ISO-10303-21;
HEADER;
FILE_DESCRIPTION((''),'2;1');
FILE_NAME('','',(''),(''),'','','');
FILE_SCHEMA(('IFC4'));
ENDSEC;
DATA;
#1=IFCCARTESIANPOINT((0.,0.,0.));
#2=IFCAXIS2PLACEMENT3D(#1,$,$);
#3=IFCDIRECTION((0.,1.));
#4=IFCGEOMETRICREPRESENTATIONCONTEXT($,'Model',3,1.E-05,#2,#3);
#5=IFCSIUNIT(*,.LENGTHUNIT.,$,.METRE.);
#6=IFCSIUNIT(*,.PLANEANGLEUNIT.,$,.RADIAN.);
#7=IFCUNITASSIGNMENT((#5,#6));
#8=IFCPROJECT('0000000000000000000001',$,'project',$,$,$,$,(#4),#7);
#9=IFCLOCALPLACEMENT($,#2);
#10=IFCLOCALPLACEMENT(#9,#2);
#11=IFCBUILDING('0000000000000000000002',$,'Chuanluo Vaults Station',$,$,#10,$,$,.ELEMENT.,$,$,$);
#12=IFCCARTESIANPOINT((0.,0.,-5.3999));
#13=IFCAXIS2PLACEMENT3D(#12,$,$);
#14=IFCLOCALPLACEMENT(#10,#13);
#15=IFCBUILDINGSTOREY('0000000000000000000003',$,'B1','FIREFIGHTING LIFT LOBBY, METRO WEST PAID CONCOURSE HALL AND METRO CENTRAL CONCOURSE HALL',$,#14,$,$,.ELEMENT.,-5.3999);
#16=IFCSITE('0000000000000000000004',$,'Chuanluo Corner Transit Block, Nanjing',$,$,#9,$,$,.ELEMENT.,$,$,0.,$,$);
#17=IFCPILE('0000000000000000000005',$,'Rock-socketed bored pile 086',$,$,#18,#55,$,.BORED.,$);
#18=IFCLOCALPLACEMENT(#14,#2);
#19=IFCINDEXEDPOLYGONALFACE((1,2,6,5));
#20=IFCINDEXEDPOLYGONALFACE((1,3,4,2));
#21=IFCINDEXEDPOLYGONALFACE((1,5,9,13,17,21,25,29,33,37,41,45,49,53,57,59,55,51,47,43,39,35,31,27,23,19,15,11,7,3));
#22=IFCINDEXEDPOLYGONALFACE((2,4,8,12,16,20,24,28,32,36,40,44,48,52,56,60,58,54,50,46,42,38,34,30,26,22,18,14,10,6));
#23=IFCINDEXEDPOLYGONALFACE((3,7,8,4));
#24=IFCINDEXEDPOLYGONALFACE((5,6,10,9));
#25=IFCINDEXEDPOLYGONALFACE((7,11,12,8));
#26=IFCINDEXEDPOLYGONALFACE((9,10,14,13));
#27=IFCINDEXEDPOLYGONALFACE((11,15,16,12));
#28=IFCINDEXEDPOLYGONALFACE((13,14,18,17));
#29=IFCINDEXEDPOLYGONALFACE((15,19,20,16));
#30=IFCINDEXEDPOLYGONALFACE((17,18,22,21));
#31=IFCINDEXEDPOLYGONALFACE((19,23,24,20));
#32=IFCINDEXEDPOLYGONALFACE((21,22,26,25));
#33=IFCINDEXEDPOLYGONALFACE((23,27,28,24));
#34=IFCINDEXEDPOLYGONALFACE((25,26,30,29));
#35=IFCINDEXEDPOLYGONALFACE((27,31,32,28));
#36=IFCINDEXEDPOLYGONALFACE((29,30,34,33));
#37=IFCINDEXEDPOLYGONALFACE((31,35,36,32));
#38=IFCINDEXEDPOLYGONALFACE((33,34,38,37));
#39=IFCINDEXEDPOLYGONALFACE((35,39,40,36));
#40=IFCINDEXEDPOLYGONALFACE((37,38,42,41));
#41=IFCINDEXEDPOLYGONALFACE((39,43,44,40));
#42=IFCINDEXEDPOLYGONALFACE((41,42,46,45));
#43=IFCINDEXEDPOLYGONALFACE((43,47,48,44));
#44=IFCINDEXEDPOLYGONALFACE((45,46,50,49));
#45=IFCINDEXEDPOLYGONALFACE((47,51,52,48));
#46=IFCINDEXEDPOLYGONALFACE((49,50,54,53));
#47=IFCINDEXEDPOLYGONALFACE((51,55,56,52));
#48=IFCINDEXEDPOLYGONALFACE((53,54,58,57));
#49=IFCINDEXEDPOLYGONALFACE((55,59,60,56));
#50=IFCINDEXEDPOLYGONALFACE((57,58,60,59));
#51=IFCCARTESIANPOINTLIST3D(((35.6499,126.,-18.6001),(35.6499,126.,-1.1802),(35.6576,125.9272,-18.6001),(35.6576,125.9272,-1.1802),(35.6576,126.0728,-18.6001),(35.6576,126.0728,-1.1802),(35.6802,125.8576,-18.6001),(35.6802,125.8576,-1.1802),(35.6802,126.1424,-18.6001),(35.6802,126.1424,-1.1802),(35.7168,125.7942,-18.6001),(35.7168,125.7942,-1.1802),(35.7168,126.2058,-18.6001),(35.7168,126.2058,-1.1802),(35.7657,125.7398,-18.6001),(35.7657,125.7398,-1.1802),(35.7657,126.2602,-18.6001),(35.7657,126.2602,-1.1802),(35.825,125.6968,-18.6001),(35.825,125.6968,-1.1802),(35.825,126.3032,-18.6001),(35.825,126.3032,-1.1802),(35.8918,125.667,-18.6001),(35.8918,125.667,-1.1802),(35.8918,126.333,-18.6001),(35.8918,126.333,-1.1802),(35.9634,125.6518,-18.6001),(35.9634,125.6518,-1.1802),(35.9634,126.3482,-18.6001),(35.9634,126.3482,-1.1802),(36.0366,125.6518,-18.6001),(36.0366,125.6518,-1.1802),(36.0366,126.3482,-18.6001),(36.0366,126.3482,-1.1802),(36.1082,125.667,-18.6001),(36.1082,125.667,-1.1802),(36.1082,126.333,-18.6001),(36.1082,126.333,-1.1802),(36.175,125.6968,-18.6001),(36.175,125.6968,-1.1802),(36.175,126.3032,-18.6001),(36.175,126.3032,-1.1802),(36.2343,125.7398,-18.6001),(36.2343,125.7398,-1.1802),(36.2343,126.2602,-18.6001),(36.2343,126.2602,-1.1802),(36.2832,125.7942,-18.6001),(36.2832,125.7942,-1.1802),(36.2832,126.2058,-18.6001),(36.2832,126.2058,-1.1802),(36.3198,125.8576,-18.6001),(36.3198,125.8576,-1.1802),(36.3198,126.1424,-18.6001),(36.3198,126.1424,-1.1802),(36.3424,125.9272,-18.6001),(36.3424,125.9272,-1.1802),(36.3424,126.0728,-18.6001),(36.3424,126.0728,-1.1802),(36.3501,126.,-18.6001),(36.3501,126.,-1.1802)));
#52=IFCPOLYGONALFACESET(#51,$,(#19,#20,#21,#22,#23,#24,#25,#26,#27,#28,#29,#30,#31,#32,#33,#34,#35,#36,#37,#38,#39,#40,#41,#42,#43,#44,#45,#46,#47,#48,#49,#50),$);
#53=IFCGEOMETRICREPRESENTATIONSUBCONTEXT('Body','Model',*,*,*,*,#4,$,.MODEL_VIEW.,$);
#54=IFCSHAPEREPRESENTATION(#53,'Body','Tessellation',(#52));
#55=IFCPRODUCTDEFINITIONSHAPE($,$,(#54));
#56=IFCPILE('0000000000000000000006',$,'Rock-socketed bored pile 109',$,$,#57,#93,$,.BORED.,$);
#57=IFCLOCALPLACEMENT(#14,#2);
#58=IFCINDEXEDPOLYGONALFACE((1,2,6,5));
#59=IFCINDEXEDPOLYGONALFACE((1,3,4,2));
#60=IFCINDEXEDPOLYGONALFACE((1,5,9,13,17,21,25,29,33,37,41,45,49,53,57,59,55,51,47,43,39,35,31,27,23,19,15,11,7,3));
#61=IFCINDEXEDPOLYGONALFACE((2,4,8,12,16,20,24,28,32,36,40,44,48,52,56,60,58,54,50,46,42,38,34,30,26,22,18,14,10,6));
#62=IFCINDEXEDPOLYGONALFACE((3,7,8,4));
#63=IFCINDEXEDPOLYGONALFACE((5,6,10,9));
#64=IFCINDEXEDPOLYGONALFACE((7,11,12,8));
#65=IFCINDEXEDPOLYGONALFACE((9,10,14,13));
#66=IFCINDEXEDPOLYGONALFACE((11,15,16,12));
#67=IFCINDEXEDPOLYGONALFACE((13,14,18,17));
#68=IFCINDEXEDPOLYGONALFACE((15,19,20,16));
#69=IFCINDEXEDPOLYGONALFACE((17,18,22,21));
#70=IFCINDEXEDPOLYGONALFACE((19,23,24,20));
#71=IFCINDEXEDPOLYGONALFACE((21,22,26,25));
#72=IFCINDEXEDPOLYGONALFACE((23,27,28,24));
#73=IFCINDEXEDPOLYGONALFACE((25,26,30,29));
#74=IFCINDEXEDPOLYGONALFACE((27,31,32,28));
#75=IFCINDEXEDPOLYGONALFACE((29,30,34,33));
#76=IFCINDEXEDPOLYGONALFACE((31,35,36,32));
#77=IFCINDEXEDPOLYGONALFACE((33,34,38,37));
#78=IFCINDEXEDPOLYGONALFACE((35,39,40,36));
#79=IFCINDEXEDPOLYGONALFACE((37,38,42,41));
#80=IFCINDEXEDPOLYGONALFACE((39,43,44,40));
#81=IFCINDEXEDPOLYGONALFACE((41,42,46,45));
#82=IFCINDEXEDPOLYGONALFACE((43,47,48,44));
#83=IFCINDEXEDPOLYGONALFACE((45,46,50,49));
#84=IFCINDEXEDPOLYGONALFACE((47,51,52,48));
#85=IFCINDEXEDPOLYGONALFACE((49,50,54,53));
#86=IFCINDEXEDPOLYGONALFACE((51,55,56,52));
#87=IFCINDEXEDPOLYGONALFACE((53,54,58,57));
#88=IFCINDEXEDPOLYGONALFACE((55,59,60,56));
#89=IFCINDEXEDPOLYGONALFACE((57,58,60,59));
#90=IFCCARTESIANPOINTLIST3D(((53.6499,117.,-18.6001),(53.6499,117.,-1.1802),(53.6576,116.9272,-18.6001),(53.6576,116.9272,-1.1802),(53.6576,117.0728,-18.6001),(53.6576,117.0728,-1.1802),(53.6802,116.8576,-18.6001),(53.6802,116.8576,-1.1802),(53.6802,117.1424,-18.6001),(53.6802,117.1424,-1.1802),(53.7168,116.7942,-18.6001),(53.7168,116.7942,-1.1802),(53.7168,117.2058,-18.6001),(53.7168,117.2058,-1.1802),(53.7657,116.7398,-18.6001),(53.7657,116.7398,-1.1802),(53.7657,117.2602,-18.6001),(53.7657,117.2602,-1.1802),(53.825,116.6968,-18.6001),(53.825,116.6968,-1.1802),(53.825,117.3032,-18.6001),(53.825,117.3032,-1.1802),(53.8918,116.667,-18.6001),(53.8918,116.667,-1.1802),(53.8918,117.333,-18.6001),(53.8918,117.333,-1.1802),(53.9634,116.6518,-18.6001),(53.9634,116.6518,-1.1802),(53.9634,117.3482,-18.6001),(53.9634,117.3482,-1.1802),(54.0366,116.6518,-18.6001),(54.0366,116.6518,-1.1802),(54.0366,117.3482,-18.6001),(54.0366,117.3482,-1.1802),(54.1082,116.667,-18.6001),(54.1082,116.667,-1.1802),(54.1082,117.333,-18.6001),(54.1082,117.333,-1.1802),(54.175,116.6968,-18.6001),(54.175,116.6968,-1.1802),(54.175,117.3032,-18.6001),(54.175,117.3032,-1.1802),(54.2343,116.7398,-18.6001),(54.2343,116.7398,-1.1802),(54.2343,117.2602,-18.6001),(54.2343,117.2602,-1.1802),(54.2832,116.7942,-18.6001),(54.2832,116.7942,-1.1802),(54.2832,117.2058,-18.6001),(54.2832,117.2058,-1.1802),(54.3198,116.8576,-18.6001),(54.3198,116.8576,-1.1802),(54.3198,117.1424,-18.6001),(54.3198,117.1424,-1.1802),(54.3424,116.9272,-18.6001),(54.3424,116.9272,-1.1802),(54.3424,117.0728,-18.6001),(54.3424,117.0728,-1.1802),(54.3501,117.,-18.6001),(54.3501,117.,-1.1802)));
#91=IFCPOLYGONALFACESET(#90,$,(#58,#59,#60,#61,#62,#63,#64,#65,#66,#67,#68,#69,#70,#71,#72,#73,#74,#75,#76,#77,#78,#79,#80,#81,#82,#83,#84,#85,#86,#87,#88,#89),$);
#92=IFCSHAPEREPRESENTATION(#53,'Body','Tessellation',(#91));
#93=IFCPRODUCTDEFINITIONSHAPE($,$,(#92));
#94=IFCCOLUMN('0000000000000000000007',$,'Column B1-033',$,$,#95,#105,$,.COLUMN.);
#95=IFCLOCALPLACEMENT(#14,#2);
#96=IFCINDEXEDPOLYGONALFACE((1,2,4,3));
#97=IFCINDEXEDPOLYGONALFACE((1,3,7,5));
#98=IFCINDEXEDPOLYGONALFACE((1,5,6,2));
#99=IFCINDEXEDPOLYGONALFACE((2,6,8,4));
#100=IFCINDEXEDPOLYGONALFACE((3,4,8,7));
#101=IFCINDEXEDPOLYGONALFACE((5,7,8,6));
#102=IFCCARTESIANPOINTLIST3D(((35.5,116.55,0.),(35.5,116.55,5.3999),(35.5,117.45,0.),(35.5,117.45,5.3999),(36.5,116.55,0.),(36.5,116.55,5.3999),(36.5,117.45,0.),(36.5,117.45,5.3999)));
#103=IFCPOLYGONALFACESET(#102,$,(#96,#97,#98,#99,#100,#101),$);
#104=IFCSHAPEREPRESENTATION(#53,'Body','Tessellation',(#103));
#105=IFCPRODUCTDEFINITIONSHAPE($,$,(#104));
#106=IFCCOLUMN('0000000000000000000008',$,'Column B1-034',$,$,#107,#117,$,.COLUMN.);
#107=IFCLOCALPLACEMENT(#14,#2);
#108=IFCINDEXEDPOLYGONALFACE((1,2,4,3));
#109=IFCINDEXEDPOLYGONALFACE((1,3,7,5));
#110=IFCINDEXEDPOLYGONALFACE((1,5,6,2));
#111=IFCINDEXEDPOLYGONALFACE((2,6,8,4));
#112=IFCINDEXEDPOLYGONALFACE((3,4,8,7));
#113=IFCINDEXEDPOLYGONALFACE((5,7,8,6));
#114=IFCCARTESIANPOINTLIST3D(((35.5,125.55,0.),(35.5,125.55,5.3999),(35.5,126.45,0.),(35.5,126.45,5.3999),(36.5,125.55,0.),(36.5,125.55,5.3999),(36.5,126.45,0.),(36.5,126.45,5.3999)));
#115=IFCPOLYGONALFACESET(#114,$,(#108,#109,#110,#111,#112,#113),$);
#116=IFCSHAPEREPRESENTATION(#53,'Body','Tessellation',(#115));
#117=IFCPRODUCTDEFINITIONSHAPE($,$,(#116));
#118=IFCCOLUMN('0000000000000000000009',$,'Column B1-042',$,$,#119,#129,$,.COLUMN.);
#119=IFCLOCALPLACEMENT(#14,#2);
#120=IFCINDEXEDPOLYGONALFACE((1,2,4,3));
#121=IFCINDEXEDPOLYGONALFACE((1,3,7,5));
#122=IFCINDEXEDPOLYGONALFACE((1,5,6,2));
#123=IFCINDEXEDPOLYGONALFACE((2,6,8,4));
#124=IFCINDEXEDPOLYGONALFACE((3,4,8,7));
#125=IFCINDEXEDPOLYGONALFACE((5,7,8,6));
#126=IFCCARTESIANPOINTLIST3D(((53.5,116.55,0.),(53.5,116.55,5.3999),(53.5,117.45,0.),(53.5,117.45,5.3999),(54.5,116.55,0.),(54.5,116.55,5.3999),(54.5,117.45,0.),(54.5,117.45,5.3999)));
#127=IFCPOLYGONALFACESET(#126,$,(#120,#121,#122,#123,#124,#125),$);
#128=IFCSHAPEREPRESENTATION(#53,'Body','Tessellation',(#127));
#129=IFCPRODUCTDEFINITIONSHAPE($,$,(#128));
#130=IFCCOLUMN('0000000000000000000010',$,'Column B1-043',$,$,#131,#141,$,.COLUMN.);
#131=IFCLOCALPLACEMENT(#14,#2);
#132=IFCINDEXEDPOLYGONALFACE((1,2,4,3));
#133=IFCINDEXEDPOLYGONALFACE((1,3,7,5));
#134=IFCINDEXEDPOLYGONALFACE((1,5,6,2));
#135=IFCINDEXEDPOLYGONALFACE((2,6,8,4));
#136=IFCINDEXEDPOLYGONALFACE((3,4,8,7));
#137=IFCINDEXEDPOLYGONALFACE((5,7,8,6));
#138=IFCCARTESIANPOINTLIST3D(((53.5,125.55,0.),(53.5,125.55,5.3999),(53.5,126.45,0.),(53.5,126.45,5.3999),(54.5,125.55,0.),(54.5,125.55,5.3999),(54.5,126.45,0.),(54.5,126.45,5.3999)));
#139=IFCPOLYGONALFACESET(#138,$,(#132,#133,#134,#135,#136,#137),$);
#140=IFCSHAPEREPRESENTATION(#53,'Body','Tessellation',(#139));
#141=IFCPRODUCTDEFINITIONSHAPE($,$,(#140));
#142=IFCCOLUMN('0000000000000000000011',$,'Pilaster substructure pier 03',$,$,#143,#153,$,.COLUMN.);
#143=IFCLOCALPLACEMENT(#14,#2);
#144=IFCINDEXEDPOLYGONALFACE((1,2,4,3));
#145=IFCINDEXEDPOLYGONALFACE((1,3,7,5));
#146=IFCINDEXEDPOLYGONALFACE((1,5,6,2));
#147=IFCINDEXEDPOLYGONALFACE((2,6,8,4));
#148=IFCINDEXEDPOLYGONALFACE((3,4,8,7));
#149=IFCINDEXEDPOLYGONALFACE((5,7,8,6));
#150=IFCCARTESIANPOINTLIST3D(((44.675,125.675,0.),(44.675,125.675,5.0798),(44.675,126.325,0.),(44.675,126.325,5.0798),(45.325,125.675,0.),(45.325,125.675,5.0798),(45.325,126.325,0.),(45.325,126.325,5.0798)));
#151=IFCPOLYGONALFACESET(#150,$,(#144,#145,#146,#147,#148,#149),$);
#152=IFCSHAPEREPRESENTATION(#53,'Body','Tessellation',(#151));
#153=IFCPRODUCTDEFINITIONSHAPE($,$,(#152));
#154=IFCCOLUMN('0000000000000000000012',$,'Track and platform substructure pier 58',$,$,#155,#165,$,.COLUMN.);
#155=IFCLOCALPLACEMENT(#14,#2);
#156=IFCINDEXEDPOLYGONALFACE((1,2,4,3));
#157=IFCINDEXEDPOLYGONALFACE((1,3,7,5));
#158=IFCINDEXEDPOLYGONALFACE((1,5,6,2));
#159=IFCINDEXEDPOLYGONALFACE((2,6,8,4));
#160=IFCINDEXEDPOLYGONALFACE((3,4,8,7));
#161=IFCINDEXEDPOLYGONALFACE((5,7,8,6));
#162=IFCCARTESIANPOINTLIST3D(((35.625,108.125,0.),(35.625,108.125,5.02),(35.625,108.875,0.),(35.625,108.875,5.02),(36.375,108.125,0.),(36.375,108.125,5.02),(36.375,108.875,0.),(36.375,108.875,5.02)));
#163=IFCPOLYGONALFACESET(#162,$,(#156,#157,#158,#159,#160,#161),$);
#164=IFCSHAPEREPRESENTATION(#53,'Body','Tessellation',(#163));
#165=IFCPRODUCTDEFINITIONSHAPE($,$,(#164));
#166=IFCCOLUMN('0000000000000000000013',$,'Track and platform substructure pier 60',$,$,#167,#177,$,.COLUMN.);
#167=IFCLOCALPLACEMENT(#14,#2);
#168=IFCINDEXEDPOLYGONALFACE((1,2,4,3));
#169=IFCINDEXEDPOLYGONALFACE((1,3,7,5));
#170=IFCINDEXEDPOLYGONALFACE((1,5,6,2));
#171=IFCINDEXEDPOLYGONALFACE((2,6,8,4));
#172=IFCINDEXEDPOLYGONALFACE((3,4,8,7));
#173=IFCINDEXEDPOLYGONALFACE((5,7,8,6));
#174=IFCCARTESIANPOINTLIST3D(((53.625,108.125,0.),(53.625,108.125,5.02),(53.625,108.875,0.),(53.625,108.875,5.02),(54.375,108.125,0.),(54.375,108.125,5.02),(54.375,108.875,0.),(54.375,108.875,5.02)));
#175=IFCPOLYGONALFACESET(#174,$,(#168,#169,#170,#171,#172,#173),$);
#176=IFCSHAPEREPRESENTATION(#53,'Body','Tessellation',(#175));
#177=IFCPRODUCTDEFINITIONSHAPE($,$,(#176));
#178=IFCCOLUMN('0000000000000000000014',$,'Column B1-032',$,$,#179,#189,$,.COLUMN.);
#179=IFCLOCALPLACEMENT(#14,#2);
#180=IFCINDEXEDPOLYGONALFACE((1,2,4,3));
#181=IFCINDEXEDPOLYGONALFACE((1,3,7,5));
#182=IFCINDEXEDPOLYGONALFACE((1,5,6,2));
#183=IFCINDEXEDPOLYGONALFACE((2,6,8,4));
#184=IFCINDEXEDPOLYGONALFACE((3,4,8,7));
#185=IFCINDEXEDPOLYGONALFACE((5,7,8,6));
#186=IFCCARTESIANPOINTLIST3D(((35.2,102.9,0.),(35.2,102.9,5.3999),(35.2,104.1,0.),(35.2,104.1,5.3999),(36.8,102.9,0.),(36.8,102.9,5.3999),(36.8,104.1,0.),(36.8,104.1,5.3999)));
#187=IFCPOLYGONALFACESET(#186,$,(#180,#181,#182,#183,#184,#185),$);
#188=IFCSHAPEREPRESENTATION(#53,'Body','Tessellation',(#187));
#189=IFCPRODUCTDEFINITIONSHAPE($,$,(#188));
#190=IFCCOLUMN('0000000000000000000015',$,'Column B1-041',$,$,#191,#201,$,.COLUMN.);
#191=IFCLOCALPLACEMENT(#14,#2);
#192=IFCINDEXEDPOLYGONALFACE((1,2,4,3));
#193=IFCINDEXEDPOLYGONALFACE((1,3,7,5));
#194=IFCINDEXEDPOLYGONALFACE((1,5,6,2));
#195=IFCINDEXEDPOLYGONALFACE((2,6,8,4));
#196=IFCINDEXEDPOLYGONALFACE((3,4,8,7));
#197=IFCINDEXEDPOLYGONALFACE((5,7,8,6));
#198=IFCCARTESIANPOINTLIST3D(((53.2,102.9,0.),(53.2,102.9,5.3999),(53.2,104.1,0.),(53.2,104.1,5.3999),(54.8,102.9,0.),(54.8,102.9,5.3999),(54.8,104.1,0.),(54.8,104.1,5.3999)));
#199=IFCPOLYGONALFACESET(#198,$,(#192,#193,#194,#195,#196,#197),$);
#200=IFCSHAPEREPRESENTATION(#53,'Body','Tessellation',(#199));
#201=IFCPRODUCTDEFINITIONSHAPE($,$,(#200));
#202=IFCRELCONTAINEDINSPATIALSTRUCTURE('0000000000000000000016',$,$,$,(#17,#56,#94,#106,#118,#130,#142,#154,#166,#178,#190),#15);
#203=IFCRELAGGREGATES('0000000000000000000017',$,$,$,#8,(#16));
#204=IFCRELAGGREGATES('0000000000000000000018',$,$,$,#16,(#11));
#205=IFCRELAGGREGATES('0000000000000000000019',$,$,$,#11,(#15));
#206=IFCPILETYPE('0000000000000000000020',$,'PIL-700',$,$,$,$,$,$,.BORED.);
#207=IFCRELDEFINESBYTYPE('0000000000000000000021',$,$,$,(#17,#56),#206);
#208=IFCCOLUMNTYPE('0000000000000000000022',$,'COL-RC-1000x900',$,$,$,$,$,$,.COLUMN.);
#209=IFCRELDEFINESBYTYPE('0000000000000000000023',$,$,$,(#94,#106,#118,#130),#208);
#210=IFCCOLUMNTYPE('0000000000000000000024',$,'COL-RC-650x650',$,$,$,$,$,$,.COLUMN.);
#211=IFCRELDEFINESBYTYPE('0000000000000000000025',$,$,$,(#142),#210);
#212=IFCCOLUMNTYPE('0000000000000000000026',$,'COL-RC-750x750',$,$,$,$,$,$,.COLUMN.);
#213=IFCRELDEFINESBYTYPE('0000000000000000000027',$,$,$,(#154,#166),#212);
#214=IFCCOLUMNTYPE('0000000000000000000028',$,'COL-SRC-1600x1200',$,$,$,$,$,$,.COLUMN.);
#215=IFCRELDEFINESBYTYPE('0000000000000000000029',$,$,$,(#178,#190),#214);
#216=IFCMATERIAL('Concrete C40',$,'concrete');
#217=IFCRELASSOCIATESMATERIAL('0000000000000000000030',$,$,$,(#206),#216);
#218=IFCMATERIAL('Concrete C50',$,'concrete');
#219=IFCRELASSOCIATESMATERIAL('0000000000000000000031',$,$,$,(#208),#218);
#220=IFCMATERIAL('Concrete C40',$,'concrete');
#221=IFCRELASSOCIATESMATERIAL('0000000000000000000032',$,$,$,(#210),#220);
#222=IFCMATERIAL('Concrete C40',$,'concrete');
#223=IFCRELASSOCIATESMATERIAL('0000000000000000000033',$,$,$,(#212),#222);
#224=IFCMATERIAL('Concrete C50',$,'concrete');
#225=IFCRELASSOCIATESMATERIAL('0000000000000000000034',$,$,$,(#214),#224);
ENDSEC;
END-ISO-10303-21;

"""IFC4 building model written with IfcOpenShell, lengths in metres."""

from ifc_helpers import new_model, si_unit, direction, frame, origin, origin_2d, place, context, subcontext, project, spatial, rectangle, circle, extrude, material, material_profile, profile_set, type_object, element, save


model = new_model("IFC4")

# Units and contexts
model_context = context("Model", 3, precision=1e-05, world=origin(), true_north=direction((0.0, 1.0)))
body_context = subcontext(model_context, "Body", "Model", "MODEL_VIEW")
ifc_project = project(units=[si_unit("LENGTHUNIT", "METRE"), si_unit("PLANEANGLEUNIT", "RADIAN")], contexts=[model_context])

# Site, building, storey
site_placement = place(None, origin())
site = spatial("IfcSite", under=ifc_project, at=site_placement, Name="Chuanluo Corner Transit Block, Nanjing", CompositionType="ELEMENT", RefElevation=0.0)
building_placement = place(site_placement, origin())
building = spatial("IfcBuilding", under=site, at=building_placement, Name="Chuanluo Vaults Station", CompositionType="ELEMENT")
storey_placement = place(building_placement, frame((0.0, 0.0, -5.3999)))
storey = spatial("IfcBuildingStorey", under=building, at=storey_placement, Name="B1", Description="FIREFIGHTING LIFT LOBBY, METRO WEST PAID CONCOURSE HALL AND METRO CENTRAL CONCOURSE HALL", CompositionType="ELEMENT", Elevation=-5.3999)

# Piles
ifc_material_1 = material(Name="Concrete C40", Category="concrete")
ifc_material_profile_1 = material_profile(ifc_material_1, circle(Radius=0.3501, at=origin_2d()))
ifc_profile_set_1 = profile_set([ifc_material_profile_1], Name="Concrete C40")
pile_type_1 = type_object("IfcPileType", Name="PIL-700", PredefinedType="BORED", material=ifc_profile_set_1)
for number, where, z_axis, x_axis, name in (
    (1, (36.0, 126.0, -1.1802), (0.0, 0.0, -1.0), (1.0, 0.0, 0.0), "Rock-socketed bored pile 086"),
    (2, (54.0, 117.0, -1.1802), (0.0, 0.0, -1.0), (1.0, 0.0, 0.0), "Rock-socketed bored pile 109"),
):
    element("IfcPile", number, at=place(storey_placement, frame(where, z_axis=z_axis, x_axis=x_axis)), inside=storey, type_object=pile_type_1, Name=name, PredefinedType="BORED", context=body_context, shape_type="SweptSolid", body=[
        extrude(circle(Radius=0.3501, at=origin_2d()), origin(), (0.0, 0.0, 1.0), 17.4199),
    ])

# Columns
ifc_material_2 = material(Name="Concrete C50", Category="concrete")
ifc_material_profile_2 = material_profile(ifc_material_2, rectangle(XDim=1.0, YDim=0.8999, at=origin_2d()))
ifc_profile_set_2 = profile_set([ifc_material_profile_2], Name="Concrete C50")
column_type_1 = type_object("IfcColumnType", Name="COL-RC-1000x900", PredefinedType="COLUMN", material=ifc_profile_set_2)
for number, where, z_axis, x_axis, name in (
    (3, (36.0, 117.0, 0.0), (0.0, 0.0, 1.0), (1.0, 0.0, 0.0), "Column B1-033"),
    (4, (36.0, 126.0, 0.0), (0.0, 0.0, 1.0), (1.0, 0.0, 0.0), "Column B1-034"),
    (5, (54.0, 117.0, 0.0), (0.0, 0.0, 1.0), (1.0, 0.0, 0.0), "Column B1-042"),
    (6, (54.0, 126.0, 0.0), (0.0, 0.0, 1.0), (1.0, 0.0, 0.0), "Column B1-043"),
):
    element("IfcColumn", number, at=place(storey_placement, frame(where, z_axis=z_axis, x_axis=x_axis)), inside=storey, type_object=column_type_1, Name=name, PredefinedType="COLUMN", context=body_context, shape_type="SweptSolid", body=[
        extrude(rectangle(XDim=1.0, YDim=0.8999, at=origin_2d()), origin(), (0.0, 0.0, 1.0), 5.3999),
    ])
ifc_material_3 = material(Name="Concrete C40", Category="concrete")
ifc_material_profile_3 = material_profile(ifc_material_3, rectangle(XDim=0.6499, YDim=0.6499, at=origin_2d()))
ifc_profile_set_3 = profile_set([ifc_material_profile_3], Name="Concrete C40")
column_type_2 = type_object("IfcColumnType", Name="COL-RC-650x650", PredefinedType="COLUMN", material=ifc_profile_set_3)
column_placement = place(storey_placement, frame((45.0, 126.0, 0.0), z_axis=(0.0, 0.0, 1.0), x_axis=(1.0, 0.0, 0.0)))
element("IfcColumn", 7, at=column_placement, inside=storey, type_object=column_type_2, Name="Pilaster substructure pier 03", PredefinedType="COLUMN", context=body_context, shape_type="SweptSolid", body=[
    extrude(rectangle(XDim=0.6499, YDim=0.6499, at=origin_2d()), origin(), (0.0, 0.0, 1.0), 5.0798),
])
ifc_material_4 = material(Name="Concrete C40", Category="concrete")
ifc_material_profile_4 = material_profile(ifc_material_4, rectangle(XDim=0.75, YDim=0.75, at=origin_2d()))
ifc_profile_set_4 = profile_set([ifc_material_profile_4], Name="Concrete C40")
column_type_3 = type_object("IfcColumnType", Name="COL-RC-750x750", PredefinedType="COLUMN", material=ifc_profile_set_4)
for number, where, z_axis, x_axis, name in (
    (8, (36.0, 108.5, 0.0), (0.0, 0.0, 1.0), (1.0, 0.0, 0.0), "Track and platform substructure pier 58"),
    (9, (54.0, 108.5, 0.0), (0.0, 0.0, 1.0), (1.0, 0.0, 0.0), "Track and platform substructure pier 60"),
):
    element("IfcColumn", number, at=place(storey_placement, frame(where, z_axis=z_axis, x_axis=x_axis)), inside=storey, type_object=column_type_3, Name=name, PredefinedType="COLUMN", context=body_context, shape_type="SweptSolid", body=[
        extrude(rectangle(XDim=0.75, YDim=0.75, at=origin_2d()), origin(), (0.0, 0.0, 1.0), 5.02),
    ])
ifc_material_5 = material(Name="Concrete C50", Category="concrete")
ifc_material_profile_5 = material_profile(ifc_material_5, rectangle(XDim=1.6001, YDim=1.2, at=origin_2d()))
ifc_profile_set_5 = profile_set([ifc_material_profile_5], Name="Concrete C50")
column_type_4 = type_object("IfcColumnType", Name="COL-SRC-1600x1200", PredefinedType="COLUMN", material=ifc_profile_set_5)
for number, where, z_axis, x_axis, name in (
    (10, (36.0, 103.5, 0.0), (0.0, 0.0, 1.0), (1.0, 0.0, 0.0), "Column B1-032"),
    (11, (54.0, 103.5, 0.0), (0.0, 0.0, 1.0), (1.0, 0.0, 0.0), "Column B1-041"),
):
    element("IfcColumn", number, at=place(storey_placement, frame(where, z_axis=z_axis, x_axis=x_axis)), inside=storey, type_object=column_type_4, Name=name, PredefinedType="COLUMN", context=body_context, shape_type="SweptSolid", body=[
        extrude(rectangle(XDim=1.6001, YDim=1.2, at=origin_2d()), origin(), (0.0, 0.0, 1.0), 5.3999),
    ])

save(model, "model.ifc")
